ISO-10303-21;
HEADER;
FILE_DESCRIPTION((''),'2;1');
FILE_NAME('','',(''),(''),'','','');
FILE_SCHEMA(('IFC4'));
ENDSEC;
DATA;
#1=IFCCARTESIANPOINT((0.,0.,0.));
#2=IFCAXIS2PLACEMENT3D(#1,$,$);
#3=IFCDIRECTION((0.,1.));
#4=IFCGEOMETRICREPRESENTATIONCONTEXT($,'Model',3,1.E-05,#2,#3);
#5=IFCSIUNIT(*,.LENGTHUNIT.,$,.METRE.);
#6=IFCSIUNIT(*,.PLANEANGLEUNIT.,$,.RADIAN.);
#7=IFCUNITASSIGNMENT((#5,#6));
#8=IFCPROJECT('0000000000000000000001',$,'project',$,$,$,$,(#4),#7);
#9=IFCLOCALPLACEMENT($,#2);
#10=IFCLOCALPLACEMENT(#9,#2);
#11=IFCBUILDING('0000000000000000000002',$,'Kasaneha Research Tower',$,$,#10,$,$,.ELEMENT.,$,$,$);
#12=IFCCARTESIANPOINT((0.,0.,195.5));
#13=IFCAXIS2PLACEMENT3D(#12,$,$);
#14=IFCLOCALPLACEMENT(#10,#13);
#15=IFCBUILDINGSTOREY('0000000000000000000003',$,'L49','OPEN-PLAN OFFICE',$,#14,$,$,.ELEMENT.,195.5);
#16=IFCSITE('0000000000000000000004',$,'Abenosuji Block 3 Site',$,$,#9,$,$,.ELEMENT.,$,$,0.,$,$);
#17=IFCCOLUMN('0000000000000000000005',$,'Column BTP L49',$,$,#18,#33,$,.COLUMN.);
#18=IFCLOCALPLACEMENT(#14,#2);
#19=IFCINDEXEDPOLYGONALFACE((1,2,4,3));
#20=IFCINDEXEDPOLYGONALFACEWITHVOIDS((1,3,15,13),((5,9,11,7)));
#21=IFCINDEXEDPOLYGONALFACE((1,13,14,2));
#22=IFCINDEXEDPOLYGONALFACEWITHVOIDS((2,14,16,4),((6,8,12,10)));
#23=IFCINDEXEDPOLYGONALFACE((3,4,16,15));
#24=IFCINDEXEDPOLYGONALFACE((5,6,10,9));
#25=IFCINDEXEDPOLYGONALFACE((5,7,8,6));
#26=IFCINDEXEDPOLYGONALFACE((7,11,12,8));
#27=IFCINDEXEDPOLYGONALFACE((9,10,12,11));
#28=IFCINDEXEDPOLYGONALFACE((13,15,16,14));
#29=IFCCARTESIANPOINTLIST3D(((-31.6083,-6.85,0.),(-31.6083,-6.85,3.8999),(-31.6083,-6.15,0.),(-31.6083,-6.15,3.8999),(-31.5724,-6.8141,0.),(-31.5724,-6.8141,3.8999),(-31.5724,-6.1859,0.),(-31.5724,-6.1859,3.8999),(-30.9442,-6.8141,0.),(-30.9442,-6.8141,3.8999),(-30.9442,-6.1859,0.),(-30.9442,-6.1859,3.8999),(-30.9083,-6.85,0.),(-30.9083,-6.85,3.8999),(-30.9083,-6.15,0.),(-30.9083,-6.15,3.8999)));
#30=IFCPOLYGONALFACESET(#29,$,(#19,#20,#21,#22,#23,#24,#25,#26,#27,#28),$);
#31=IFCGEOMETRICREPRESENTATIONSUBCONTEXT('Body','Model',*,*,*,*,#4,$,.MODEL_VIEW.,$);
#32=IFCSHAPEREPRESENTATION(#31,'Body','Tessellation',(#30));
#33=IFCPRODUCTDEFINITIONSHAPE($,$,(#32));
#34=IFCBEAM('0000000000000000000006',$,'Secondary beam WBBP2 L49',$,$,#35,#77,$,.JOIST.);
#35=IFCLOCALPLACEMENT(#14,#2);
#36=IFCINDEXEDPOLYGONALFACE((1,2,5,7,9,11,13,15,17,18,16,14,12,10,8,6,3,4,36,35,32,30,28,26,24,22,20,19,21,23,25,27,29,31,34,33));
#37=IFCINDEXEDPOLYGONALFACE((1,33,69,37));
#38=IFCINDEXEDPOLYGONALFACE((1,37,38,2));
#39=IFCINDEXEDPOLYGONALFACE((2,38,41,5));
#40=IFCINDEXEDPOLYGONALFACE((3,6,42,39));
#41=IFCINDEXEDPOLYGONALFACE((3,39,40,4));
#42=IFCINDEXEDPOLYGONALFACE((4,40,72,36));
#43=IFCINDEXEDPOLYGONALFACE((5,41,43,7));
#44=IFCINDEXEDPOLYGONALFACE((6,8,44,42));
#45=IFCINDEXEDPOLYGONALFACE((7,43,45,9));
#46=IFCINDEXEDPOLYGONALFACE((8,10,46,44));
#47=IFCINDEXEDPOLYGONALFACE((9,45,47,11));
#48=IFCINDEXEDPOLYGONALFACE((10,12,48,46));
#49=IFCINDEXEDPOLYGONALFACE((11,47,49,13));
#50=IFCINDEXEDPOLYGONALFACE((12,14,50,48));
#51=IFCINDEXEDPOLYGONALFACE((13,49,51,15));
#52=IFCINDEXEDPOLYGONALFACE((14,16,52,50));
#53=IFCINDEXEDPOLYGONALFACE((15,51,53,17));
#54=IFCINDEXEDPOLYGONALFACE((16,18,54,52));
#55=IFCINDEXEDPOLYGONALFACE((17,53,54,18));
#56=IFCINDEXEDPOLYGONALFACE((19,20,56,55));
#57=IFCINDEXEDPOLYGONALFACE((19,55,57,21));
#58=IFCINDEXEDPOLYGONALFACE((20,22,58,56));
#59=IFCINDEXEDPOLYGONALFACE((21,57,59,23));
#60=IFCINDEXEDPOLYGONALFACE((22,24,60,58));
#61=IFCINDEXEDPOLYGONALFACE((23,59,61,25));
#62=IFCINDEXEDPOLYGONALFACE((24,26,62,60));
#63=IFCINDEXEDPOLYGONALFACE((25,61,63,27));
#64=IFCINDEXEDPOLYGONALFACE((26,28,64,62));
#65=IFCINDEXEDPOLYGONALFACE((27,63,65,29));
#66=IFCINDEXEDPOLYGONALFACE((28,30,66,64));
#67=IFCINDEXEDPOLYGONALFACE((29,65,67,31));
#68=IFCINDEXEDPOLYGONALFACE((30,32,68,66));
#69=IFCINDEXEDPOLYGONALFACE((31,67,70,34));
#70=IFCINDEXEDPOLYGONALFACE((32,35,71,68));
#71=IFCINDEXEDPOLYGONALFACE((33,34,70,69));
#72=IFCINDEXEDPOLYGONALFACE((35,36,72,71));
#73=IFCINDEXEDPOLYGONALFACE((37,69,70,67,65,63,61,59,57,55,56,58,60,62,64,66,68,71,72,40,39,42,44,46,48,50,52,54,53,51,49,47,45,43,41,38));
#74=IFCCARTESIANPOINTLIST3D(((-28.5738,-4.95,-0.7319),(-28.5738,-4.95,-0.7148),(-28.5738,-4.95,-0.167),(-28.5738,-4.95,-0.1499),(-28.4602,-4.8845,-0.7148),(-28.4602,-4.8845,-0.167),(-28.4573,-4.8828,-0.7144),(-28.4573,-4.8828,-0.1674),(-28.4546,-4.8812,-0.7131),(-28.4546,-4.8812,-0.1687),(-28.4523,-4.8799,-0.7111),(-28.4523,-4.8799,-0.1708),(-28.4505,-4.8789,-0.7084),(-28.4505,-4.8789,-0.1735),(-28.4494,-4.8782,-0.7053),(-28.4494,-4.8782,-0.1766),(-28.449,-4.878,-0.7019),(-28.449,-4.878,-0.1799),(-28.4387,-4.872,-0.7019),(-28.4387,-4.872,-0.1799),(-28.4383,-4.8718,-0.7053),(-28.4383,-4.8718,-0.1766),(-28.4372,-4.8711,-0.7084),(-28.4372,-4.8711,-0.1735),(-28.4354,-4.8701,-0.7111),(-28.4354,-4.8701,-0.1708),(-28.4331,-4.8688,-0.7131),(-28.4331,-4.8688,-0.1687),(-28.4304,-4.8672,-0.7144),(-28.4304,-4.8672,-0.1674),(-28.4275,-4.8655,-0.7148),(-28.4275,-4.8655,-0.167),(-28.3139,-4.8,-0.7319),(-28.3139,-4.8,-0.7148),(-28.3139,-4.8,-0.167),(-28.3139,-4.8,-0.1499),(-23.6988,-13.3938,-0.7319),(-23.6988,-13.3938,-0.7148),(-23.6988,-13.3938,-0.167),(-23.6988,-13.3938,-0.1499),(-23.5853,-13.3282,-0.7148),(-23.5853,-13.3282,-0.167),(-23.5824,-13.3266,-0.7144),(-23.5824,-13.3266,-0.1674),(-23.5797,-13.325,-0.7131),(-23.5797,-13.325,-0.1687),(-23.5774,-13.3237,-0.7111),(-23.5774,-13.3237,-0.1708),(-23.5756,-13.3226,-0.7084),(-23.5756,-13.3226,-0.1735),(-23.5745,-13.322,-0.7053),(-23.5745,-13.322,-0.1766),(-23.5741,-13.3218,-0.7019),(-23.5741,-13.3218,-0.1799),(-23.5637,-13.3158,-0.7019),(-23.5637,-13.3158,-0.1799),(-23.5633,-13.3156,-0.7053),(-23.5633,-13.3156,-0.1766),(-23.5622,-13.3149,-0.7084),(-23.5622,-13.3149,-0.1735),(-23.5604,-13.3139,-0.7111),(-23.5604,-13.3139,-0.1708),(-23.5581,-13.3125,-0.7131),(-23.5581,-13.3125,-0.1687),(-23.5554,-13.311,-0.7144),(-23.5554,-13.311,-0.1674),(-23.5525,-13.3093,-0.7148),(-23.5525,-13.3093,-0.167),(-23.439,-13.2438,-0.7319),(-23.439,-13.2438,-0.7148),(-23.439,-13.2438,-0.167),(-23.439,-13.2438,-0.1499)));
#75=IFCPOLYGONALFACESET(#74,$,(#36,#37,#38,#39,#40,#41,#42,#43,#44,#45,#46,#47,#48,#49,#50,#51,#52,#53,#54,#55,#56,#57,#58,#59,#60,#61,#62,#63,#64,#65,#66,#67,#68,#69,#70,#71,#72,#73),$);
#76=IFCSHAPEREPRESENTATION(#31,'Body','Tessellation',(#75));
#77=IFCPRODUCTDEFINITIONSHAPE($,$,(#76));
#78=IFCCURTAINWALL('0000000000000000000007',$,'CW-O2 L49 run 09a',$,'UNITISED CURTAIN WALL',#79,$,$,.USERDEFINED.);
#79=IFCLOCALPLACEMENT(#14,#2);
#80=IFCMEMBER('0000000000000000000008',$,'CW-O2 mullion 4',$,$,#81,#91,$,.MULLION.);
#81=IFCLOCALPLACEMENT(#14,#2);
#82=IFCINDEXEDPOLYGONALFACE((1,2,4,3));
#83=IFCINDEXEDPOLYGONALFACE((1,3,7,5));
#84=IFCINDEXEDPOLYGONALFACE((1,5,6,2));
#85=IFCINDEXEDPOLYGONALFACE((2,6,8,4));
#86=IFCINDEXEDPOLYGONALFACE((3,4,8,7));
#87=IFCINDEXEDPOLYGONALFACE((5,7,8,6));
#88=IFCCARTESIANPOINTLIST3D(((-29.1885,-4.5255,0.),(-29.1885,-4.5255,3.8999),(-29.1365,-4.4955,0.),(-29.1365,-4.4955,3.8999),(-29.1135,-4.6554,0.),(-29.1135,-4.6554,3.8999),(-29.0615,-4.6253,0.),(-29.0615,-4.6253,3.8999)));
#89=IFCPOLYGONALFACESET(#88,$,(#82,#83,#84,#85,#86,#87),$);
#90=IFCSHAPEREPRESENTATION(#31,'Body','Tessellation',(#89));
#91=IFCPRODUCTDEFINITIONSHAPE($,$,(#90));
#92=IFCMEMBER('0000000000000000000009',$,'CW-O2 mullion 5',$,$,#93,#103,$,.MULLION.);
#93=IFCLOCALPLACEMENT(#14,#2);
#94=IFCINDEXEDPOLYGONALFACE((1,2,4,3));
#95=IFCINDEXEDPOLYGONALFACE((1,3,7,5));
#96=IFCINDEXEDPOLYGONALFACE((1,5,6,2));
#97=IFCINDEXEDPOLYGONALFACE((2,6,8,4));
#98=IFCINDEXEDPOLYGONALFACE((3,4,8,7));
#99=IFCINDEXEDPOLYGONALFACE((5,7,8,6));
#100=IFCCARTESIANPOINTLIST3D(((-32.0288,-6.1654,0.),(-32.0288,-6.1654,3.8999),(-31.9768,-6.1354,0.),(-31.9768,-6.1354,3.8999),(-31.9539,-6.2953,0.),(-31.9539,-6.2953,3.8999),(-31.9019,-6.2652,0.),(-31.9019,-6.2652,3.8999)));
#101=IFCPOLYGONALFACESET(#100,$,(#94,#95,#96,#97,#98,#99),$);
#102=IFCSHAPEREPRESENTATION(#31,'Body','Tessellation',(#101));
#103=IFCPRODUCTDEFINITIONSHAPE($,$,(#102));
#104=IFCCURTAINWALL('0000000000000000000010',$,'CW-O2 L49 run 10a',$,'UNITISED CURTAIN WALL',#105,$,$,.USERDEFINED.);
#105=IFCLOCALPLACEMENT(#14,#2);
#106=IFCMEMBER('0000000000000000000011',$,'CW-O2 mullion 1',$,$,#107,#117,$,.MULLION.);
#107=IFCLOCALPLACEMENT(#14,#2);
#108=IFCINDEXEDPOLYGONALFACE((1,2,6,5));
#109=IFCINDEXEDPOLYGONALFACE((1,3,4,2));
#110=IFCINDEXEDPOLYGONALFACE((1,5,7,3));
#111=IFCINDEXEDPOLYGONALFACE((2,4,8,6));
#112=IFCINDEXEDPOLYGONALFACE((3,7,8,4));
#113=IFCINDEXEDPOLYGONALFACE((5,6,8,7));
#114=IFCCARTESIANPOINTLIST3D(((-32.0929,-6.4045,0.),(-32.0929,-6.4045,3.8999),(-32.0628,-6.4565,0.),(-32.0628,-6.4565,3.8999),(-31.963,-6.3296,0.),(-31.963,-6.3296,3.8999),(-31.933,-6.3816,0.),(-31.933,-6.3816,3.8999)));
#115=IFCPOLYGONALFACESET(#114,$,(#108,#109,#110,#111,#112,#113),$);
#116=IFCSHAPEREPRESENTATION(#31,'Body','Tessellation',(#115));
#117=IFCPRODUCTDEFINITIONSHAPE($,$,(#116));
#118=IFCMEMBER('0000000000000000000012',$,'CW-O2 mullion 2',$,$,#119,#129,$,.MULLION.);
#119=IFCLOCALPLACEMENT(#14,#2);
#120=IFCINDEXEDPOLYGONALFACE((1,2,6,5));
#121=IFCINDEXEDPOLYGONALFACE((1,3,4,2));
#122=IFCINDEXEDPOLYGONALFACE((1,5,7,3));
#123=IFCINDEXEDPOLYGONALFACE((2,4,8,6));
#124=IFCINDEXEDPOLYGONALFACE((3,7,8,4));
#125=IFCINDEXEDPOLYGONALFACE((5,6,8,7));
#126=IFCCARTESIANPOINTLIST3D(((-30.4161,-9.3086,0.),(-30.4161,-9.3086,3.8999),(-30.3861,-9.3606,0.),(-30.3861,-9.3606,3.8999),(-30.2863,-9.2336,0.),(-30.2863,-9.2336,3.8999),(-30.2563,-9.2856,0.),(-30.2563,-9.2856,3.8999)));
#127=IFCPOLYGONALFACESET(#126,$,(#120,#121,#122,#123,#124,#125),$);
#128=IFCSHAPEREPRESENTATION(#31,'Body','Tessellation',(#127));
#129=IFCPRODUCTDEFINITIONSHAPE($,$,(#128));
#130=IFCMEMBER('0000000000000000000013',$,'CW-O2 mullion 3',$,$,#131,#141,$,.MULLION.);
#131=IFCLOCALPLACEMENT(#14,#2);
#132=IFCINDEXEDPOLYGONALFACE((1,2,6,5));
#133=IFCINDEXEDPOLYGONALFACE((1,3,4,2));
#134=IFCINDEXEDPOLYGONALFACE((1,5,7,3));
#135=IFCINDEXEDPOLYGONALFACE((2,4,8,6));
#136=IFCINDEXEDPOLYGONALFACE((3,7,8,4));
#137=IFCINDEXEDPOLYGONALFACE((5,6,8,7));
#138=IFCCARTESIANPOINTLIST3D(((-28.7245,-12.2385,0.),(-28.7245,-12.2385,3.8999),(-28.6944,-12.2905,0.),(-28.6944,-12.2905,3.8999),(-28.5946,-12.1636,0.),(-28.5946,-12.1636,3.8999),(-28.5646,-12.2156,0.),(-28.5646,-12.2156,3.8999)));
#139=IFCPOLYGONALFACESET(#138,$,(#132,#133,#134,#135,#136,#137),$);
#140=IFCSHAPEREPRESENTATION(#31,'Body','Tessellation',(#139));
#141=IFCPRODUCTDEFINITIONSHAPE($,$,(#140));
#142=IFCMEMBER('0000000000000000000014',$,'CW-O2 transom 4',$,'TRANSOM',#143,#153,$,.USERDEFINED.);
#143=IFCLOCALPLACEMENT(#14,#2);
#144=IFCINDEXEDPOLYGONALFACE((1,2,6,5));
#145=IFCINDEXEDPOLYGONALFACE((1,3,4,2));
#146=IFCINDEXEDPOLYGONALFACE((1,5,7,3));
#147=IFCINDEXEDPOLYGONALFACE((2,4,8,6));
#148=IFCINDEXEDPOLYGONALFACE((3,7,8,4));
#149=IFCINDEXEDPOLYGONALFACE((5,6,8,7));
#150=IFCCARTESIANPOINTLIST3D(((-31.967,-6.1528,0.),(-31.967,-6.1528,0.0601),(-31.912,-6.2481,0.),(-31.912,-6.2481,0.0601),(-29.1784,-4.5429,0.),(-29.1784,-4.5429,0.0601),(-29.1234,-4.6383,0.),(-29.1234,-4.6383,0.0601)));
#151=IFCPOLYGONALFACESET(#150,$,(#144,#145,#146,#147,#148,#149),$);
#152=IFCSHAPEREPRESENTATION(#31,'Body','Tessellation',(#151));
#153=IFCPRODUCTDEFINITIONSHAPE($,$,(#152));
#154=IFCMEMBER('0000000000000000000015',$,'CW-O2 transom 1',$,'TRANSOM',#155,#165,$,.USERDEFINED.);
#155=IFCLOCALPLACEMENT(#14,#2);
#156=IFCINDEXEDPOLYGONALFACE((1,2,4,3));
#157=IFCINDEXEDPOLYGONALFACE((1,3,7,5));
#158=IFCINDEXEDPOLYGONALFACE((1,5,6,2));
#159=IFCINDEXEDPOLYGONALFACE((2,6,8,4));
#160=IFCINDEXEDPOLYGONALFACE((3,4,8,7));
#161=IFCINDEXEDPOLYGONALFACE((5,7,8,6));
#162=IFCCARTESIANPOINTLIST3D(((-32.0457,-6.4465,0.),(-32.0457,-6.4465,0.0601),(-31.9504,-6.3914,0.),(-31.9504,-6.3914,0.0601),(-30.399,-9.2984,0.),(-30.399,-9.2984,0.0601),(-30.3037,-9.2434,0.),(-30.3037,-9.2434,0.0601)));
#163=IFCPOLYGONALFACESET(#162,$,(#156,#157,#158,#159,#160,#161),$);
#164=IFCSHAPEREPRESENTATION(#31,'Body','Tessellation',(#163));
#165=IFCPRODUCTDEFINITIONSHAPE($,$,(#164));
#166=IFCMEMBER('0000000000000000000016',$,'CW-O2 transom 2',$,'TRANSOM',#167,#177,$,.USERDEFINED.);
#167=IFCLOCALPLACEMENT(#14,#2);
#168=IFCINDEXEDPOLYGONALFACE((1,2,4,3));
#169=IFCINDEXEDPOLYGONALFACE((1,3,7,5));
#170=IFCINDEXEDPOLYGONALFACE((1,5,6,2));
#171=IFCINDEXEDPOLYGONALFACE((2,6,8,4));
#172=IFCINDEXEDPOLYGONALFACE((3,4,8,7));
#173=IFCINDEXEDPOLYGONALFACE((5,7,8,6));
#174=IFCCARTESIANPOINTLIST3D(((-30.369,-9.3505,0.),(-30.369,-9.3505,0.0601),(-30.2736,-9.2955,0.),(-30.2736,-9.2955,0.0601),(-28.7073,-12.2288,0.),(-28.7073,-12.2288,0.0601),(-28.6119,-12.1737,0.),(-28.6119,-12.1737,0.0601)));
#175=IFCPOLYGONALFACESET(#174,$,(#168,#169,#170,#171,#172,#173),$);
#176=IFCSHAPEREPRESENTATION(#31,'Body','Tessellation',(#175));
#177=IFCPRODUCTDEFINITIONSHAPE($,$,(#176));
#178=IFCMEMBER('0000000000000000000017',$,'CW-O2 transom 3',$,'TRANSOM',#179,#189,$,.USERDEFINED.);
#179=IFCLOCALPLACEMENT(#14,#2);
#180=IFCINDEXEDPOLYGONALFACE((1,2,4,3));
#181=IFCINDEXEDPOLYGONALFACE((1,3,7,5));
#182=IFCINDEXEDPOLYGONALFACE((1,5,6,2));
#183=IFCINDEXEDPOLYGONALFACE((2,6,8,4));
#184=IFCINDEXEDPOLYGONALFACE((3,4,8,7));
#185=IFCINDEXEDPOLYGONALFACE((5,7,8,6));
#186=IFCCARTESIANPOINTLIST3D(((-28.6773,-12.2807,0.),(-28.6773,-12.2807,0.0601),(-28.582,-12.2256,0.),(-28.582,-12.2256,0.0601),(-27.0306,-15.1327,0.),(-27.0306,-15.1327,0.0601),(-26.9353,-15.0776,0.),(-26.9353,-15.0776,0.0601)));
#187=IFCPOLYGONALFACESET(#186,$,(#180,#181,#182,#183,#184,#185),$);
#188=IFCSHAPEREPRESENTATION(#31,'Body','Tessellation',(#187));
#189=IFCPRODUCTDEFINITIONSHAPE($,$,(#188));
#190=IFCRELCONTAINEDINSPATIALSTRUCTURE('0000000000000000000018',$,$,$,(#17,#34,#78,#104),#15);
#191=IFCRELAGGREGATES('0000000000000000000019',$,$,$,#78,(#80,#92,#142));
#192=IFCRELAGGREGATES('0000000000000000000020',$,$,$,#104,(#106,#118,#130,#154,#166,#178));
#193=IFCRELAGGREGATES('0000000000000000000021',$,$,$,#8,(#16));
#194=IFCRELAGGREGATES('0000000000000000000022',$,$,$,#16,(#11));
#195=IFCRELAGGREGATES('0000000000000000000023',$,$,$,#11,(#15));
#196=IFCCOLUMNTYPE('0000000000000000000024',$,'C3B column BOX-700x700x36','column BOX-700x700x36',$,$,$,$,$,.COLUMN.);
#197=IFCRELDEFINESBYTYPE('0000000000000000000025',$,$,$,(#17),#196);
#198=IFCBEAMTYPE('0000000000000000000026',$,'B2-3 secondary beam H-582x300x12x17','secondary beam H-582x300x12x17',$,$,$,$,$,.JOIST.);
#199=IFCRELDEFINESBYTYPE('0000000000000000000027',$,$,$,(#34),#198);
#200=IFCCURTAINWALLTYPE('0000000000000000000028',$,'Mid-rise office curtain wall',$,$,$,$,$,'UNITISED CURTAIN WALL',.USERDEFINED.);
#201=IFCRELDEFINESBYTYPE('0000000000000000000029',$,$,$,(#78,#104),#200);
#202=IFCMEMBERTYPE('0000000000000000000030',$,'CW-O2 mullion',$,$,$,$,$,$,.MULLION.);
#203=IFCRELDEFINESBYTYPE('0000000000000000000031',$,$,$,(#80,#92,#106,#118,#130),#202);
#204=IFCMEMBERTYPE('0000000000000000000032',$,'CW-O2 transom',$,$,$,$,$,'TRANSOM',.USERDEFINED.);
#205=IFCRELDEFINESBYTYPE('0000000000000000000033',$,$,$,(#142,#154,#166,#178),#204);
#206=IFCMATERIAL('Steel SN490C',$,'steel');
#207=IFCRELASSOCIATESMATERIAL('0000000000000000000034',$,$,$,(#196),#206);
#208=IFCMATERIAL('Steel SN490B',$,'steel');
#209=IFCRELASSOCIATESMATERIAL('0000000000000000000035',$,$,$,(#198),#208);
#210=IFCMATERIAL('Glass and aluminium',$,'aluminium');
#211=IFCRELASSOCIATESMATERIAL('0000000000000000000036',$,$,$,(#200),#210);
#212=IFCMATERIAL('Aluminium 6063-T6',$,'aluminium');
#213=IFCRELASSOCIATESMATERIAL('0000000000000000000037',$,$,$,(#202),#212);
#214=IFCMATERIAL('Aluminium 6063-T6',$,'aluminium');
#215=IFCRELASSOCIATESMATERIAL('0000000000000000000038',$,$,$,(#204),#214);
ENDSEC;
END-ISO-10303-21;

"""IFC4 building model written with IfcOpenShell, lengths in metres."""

from ifc_helpers import new_model, si_unit, direction, frame, origin, origin_2d, place, context, subcontext, project, spatial, rectangle, hollow_rectangle, i_section, extrude, material, material_profile, profile_set, type_object, element, aggregate, save


model = new_model("IFC4")

# Units and contexts
model_context = context("Model", 3, precision=1e-05, world=origin(), true_north=direction((0.0, 1.0)))
body_context = subcontext(model_context, "Body", "Model", "MODEL_VIEW")
ifc_project = project(units=[si_unit("LENGTHUNIT", "METRE"), si_unit("PLANEANGLEUNIT", "RADIAN")], contexts=[model_context])

# Site, building, storey
site_placement = place(None, origin())
site = spatial("IfcSite", under=ifc_project, at=site_placement, Name="Abenosuji Block 3 Site", CompositionType="ELEMENT", RefElevation=0.0)
building_placement = place(site_placement, origin())
building = spatial("IfcBuilding", under=site, at=building_placement, Name="Kasaneha Research Tower", CompositionType="ELEMENT")
storey_placement = place(building_placement, frame((0.0, 0.0, 195.5)))
storey = spatial("IfcBuildingStorey", under=building, at=storey_placement, Name="L49", Description="OPEN-PLAN OFFICE", CompositionType="ELEMENT", Elevation=195.5)

# Column
ifc_material_1 = material(Name="Steel SN490C", Category="steel")
ifc_material_profile_1 = material_profile(ifc_material_1, hollow_rectangle(XDim=0.7, YDim=0.7, WallThickness=0.0359, at=origin_2d()), Name="BOX-700x700x36")
ifc_profile_set_1 = profile_set([ifc_material_profile_1], Name="Steel SN490C")
column_type = type_object("IfcColumnType", Name="C3B column BOX-700x700x36", Description="column BOX-700x700x36", PredefinedType="COLUMN", material=ifc_profile_set_1)
column_placement = place(storey_placement, frame((-31.2583, -6.5, 0.0), z_axis=(0.0, 0.0, 1.0), x_axis=(1.0, 0.0, 0.0)))
element("IfcColumn", 1, at=column_placement, inside=storey, type_object=column_type, Name="Column BTP L49", PredefinedType="COLUMN", context=body_context, shape_type="SweptSolid", body=[
    extrude(hollow_rectangle(XDim=0.7, YDim=0.7, WallThickness=0.0359, at=origin_2d()), origin(), (0.0, 0.0, 1.0), 3.8999),
])

# Beam
ifc_material_2 = material(Name="Steel SN490B", Category="steel")
ifc_material_profile_2 = material_profile(ifc_material_2, i_section(OverallWidth=0.3, OverallDepth=0.582, WebThickness=0.012, FlangeThickness=0.0171, FilletRadius=0.0129, at=origin_2d()), Name="H-582x300x12x17")
ifc_profile_set_2 = profile_set([ifc_material_profile_2], Name="Steel SN490B")
beam_type_1 = type_object("IfcBeamType", Name="B2-3 secondary beam H-582x300x12x17", Description="secondary beam H-582x300x12x17", PredefinedType="JOIST", material=ifc_profile_set_2)
beam_1_placement = place(storey_placement, frame((-28.4438, -4.875, -0.4409), z_axis=(0.499996, -0.866028, 0.0), x_axis=(0.866028, 0.499996, 0.0)))
element("IfcBeam", 2, at=beam_1_placement, inside=storey, type_object=beam_type_1, Name="Secondary beam WBBP2 L49", PredefinedType="JOIST", context=body_context, shape_type="SweptSolid", body=[
    extrude(i_section(OverallWidth=0.3, OverallDepth=0.582, WebThickness=0.012, FlangeThickness=0.0171, FilletRadius=0.0129, at=origin_2d()), origin(), (0.0, 0.0, 1.0), 9.75),
])

# Curtain walls, members
ifc_material_3 = material(Name="Glass and aluminium", Category="aluminium")
curtain_wall_type = type_object("IfcCurtainWallType", Name="Mid-rise office curtain wall", ElementType="UNITISED CURTAIN WALL", PredefinedType="USERDEFINED", material=ifc_material_3)
curtain_wall_1_placement = place(storey_placement, origin())
curtain_wall_1 = element("IfcCurtainWall", 3, at=curtain_wall_1_placement, inside=storey, type_object=curtain_wall_type, Name="CW-O2 L49 run 09a", ObjectType="UNITISED CURTAIN WALL", PredefinedType="USERDEFINED")
ifc_material_4 = material(Name="Aluminium 6063-T6", Category="aluminium")
ifc_material_profile_3 = material_profile(ifc_material_4, rectangle(XDim=0.0601, YDim=0.1499, at=origin_2d()), Name="CW-O2 mullion 60x150")
ifc_profile_set_3 = profile_set([ifc_material_profile_3], Name="Aluminium 6063-T6")
member_type_1 = type_object("IfcMemberType", Name="CW-O2 mullion", PredefinedType="MULLION", material=ifc_profile_set_3)
member_1_placement = place(storey_placement, frame((-29.125, -4.5754, 0.0), z_axis=(0.0, 0.0, 1.0), x_axis=(-0.866025, -0.5, 0.0)))
member_1 = element("IfcMember", 4, at=member_1_placement, type_object=member_type_1, Name="CW-O2 mullion 4", PredefinedType="MULLION", context=body_context, shape_type="SweptSolid", body=[
    extrude(rectangle(XDim=0.0601, YDim=0.1499, at=origin_2d()), origin(), (0.0, 0.0, 1.0), 3.8999),
])
member_2_placement = place(storey_placement, frame((-31.9653, -6.2153, 0.0), z_axis=(0.0, 0.0, 1.0), x_axis=(-0.866025, -0.5, 0.0)))
member_2 = element("IfcMember", 5, at=member_2_placement, type_object=member_type_1, Name="CW-O2 mullion 5", PredefinedType="MULLION", context=body_context, shape_type="SweptSolid", body=[
    extrude(rectangle(XDim=0.0601, YDim=0.1499, at=origin_2d()), origin(), (0.0, 0.0, 1.0), 3.8999),
])
curtain_wall_2_placement = place(storey_placement, origin())
curtain_wall_2 = element("IfcCurtainWall", 6, at=curtain_wall_2_placement, inside=storey, type_object=curtain_wall_type, Name="CW-O2 L49 run 10a", ObjectType="UNITISED CURTAIN WALL", PredefinedType="USERDEFINED")
member_3_placement = place(storey_placement, frame((-32.0129, -6.3931, 0.0), z_axis=(0.0, 0.0, 1.0), x_axis=(0.5, -0.866025, 0.0)))
member_3 = element("IfcMember", 7, at=member_3_placement, type_object=member_type_1, Name="CW-O2 mullion 1", PredefinedType="MULLION", context=body_context, shape_type="SweptSolid", body=[
    extrude(rectangle(XDim=0.0601, YDim=0.1499, at=origin_2d()), origin(), (0.0, 0.0, 1.0), 3.8999),
])
member_4_placement = place(storey_placement, frame((-30.3362, -9.2971, 0.0), z_axis=(0.0, 0.0, 1.0), x_axis=(0.5, -0.866025, 0.0)))
member_4 = element("IfcMember", 8, at=member_4_placement, type_object=member_type_1, Name="CW-O2 mullion 2", PredefinedType="MULLION", context=body_context, shape_type="SweptSolid", body=[
    extrude(rectangle(XDim=0.0601, YDim=0.1499, at=origin_2d()), origin(), (0.0, 0.0, 1.0), 3.8999),
])
member_5_placement = place(storey_placement, frame((-28.6445, -12.2271, 0.0), z_axis=(0.0, 0.0, 1.0), x_axis=(0.5, -0.866025, 0.0)))
member_5 = element("IfcMember", 9, at=member_5_placement, type_object=member_type_1, Name="CW-O2 mullion 3", PredefinedType="MULLION", context=body_context, shape_type="SweptSolid", body=[
    extrude(rectangle(XDim=0.0601, YDim=0.1499, at=origin_2d()), origin(), (0.0, 0.0, 1.0), 3.8999),
])

# Members
ifc_material_5 = material(Name="Aluminium 6063-T6", Category="aluminium")
ifc_material_profile_4 = material_profile(ifc_material_5, rectangle(XDim=0.1101, YDim=0.0601, at=origin_2d()), Name="CW-O2 transom 110x60")
ifc_profile_set_4 = profile_set([ifc_material_profile_4], Name="Aluminium 6063-T6")
member_type_2 = type_object("IfcMemberType", Name="CW-O2 transom", ElementType="TRANSOM", PredefinedType="USERDEFINED", material=ifc_profile_set_4)
member_6_placement = place(storey_placement, frame((-29.1509, -4.5906, 0.03), z_axis=(-0.866042, -0.499972, 0.0), x_axis=(0.499972, -0.866042, 0.0)))
member_6 = element("IfcMember", 10, at=member_6_placement, type_object=member_type_2, Name="CW-O2 transom 4", ObjectType="TRANSOM", PredefinedType="USERDEFINED", context=body_context, shape_type="SweptSolid", body=[
    extrude(rectangle(XDim=0.1101, YDim=0.0601, at=origin_2d()), origin(), (0.0, 0.0, 1.0), 3.22),
])
member_7_placement = place(storey_placement, frame((-31.998, -6.4189, 0.03), z_axis=(0.500022, -0.866013, 0.0), x_axis=(0.866013, 0.500022, 0.0)))
member_7 = element("IfcMember", 11, at=member_7_placement, type_object=member_type_2, Name="CW-O2 transom 1", ObjectType="TRANSOM", PredefinedType="USERDEFINED", context=body_context, shape_type="SweptSolid", body=[
    extrude(rectangle(XDim=0.1101, YDim=0.0601, at=origin_2d()), origin(), (0.0, 0.0, 1.0), 3.2932),
])
member_8_placement = place(storey_placement, frame((-30.3213, -9.323, 0.03), z_axis=(0.499979, -0.866038, 0.0), x_axis=(0.866038, 0.499979, 0.0)))
member_8 = element("IfcMember", 12, at=member_8_placement, type_object=member_type_2, Name="CW-O2 transom 2", ObjectType="TRANSOM", PredefinedType="USERDEFINED", context=body_context, shape_type="SweptSolid", body=[
    extrude(rectangle(XDim=0.1101, YDim=0.0601, at=origin_2d()), origin(), (0.0, 0.0, 1.0), 3.3235),
])
member_9_placement = place(storey_placement, frame((-28.6296, -12.2532, 0.03), z_axis=(0.500022, -0.866013, 0.0), x_axis=(0.866013, 0.500022, 0.0)))
member_9 = element("IfcMember", 13, at=member_9_placement, type_object=member_type_2, Name="CW-O2 transom 3", ObjectType="TRANSOM", PredefinedType="USERDEFINED", context=body_context, shape_type="SweptSolid", body=[
    extrude(rectangle(XDim=0.1101, YDim=0.0601, at=origin_2d()), origin(), (0.0, 0.0, 1.0), 3.2932),
])

aggregate(curtain_wall_1, [member_1, member_2, member_6])
aggregate(curtain_wall_2, [member_3, member_4, member_5, member_7, member_8, member_9])

save(model, "model.ifc")
